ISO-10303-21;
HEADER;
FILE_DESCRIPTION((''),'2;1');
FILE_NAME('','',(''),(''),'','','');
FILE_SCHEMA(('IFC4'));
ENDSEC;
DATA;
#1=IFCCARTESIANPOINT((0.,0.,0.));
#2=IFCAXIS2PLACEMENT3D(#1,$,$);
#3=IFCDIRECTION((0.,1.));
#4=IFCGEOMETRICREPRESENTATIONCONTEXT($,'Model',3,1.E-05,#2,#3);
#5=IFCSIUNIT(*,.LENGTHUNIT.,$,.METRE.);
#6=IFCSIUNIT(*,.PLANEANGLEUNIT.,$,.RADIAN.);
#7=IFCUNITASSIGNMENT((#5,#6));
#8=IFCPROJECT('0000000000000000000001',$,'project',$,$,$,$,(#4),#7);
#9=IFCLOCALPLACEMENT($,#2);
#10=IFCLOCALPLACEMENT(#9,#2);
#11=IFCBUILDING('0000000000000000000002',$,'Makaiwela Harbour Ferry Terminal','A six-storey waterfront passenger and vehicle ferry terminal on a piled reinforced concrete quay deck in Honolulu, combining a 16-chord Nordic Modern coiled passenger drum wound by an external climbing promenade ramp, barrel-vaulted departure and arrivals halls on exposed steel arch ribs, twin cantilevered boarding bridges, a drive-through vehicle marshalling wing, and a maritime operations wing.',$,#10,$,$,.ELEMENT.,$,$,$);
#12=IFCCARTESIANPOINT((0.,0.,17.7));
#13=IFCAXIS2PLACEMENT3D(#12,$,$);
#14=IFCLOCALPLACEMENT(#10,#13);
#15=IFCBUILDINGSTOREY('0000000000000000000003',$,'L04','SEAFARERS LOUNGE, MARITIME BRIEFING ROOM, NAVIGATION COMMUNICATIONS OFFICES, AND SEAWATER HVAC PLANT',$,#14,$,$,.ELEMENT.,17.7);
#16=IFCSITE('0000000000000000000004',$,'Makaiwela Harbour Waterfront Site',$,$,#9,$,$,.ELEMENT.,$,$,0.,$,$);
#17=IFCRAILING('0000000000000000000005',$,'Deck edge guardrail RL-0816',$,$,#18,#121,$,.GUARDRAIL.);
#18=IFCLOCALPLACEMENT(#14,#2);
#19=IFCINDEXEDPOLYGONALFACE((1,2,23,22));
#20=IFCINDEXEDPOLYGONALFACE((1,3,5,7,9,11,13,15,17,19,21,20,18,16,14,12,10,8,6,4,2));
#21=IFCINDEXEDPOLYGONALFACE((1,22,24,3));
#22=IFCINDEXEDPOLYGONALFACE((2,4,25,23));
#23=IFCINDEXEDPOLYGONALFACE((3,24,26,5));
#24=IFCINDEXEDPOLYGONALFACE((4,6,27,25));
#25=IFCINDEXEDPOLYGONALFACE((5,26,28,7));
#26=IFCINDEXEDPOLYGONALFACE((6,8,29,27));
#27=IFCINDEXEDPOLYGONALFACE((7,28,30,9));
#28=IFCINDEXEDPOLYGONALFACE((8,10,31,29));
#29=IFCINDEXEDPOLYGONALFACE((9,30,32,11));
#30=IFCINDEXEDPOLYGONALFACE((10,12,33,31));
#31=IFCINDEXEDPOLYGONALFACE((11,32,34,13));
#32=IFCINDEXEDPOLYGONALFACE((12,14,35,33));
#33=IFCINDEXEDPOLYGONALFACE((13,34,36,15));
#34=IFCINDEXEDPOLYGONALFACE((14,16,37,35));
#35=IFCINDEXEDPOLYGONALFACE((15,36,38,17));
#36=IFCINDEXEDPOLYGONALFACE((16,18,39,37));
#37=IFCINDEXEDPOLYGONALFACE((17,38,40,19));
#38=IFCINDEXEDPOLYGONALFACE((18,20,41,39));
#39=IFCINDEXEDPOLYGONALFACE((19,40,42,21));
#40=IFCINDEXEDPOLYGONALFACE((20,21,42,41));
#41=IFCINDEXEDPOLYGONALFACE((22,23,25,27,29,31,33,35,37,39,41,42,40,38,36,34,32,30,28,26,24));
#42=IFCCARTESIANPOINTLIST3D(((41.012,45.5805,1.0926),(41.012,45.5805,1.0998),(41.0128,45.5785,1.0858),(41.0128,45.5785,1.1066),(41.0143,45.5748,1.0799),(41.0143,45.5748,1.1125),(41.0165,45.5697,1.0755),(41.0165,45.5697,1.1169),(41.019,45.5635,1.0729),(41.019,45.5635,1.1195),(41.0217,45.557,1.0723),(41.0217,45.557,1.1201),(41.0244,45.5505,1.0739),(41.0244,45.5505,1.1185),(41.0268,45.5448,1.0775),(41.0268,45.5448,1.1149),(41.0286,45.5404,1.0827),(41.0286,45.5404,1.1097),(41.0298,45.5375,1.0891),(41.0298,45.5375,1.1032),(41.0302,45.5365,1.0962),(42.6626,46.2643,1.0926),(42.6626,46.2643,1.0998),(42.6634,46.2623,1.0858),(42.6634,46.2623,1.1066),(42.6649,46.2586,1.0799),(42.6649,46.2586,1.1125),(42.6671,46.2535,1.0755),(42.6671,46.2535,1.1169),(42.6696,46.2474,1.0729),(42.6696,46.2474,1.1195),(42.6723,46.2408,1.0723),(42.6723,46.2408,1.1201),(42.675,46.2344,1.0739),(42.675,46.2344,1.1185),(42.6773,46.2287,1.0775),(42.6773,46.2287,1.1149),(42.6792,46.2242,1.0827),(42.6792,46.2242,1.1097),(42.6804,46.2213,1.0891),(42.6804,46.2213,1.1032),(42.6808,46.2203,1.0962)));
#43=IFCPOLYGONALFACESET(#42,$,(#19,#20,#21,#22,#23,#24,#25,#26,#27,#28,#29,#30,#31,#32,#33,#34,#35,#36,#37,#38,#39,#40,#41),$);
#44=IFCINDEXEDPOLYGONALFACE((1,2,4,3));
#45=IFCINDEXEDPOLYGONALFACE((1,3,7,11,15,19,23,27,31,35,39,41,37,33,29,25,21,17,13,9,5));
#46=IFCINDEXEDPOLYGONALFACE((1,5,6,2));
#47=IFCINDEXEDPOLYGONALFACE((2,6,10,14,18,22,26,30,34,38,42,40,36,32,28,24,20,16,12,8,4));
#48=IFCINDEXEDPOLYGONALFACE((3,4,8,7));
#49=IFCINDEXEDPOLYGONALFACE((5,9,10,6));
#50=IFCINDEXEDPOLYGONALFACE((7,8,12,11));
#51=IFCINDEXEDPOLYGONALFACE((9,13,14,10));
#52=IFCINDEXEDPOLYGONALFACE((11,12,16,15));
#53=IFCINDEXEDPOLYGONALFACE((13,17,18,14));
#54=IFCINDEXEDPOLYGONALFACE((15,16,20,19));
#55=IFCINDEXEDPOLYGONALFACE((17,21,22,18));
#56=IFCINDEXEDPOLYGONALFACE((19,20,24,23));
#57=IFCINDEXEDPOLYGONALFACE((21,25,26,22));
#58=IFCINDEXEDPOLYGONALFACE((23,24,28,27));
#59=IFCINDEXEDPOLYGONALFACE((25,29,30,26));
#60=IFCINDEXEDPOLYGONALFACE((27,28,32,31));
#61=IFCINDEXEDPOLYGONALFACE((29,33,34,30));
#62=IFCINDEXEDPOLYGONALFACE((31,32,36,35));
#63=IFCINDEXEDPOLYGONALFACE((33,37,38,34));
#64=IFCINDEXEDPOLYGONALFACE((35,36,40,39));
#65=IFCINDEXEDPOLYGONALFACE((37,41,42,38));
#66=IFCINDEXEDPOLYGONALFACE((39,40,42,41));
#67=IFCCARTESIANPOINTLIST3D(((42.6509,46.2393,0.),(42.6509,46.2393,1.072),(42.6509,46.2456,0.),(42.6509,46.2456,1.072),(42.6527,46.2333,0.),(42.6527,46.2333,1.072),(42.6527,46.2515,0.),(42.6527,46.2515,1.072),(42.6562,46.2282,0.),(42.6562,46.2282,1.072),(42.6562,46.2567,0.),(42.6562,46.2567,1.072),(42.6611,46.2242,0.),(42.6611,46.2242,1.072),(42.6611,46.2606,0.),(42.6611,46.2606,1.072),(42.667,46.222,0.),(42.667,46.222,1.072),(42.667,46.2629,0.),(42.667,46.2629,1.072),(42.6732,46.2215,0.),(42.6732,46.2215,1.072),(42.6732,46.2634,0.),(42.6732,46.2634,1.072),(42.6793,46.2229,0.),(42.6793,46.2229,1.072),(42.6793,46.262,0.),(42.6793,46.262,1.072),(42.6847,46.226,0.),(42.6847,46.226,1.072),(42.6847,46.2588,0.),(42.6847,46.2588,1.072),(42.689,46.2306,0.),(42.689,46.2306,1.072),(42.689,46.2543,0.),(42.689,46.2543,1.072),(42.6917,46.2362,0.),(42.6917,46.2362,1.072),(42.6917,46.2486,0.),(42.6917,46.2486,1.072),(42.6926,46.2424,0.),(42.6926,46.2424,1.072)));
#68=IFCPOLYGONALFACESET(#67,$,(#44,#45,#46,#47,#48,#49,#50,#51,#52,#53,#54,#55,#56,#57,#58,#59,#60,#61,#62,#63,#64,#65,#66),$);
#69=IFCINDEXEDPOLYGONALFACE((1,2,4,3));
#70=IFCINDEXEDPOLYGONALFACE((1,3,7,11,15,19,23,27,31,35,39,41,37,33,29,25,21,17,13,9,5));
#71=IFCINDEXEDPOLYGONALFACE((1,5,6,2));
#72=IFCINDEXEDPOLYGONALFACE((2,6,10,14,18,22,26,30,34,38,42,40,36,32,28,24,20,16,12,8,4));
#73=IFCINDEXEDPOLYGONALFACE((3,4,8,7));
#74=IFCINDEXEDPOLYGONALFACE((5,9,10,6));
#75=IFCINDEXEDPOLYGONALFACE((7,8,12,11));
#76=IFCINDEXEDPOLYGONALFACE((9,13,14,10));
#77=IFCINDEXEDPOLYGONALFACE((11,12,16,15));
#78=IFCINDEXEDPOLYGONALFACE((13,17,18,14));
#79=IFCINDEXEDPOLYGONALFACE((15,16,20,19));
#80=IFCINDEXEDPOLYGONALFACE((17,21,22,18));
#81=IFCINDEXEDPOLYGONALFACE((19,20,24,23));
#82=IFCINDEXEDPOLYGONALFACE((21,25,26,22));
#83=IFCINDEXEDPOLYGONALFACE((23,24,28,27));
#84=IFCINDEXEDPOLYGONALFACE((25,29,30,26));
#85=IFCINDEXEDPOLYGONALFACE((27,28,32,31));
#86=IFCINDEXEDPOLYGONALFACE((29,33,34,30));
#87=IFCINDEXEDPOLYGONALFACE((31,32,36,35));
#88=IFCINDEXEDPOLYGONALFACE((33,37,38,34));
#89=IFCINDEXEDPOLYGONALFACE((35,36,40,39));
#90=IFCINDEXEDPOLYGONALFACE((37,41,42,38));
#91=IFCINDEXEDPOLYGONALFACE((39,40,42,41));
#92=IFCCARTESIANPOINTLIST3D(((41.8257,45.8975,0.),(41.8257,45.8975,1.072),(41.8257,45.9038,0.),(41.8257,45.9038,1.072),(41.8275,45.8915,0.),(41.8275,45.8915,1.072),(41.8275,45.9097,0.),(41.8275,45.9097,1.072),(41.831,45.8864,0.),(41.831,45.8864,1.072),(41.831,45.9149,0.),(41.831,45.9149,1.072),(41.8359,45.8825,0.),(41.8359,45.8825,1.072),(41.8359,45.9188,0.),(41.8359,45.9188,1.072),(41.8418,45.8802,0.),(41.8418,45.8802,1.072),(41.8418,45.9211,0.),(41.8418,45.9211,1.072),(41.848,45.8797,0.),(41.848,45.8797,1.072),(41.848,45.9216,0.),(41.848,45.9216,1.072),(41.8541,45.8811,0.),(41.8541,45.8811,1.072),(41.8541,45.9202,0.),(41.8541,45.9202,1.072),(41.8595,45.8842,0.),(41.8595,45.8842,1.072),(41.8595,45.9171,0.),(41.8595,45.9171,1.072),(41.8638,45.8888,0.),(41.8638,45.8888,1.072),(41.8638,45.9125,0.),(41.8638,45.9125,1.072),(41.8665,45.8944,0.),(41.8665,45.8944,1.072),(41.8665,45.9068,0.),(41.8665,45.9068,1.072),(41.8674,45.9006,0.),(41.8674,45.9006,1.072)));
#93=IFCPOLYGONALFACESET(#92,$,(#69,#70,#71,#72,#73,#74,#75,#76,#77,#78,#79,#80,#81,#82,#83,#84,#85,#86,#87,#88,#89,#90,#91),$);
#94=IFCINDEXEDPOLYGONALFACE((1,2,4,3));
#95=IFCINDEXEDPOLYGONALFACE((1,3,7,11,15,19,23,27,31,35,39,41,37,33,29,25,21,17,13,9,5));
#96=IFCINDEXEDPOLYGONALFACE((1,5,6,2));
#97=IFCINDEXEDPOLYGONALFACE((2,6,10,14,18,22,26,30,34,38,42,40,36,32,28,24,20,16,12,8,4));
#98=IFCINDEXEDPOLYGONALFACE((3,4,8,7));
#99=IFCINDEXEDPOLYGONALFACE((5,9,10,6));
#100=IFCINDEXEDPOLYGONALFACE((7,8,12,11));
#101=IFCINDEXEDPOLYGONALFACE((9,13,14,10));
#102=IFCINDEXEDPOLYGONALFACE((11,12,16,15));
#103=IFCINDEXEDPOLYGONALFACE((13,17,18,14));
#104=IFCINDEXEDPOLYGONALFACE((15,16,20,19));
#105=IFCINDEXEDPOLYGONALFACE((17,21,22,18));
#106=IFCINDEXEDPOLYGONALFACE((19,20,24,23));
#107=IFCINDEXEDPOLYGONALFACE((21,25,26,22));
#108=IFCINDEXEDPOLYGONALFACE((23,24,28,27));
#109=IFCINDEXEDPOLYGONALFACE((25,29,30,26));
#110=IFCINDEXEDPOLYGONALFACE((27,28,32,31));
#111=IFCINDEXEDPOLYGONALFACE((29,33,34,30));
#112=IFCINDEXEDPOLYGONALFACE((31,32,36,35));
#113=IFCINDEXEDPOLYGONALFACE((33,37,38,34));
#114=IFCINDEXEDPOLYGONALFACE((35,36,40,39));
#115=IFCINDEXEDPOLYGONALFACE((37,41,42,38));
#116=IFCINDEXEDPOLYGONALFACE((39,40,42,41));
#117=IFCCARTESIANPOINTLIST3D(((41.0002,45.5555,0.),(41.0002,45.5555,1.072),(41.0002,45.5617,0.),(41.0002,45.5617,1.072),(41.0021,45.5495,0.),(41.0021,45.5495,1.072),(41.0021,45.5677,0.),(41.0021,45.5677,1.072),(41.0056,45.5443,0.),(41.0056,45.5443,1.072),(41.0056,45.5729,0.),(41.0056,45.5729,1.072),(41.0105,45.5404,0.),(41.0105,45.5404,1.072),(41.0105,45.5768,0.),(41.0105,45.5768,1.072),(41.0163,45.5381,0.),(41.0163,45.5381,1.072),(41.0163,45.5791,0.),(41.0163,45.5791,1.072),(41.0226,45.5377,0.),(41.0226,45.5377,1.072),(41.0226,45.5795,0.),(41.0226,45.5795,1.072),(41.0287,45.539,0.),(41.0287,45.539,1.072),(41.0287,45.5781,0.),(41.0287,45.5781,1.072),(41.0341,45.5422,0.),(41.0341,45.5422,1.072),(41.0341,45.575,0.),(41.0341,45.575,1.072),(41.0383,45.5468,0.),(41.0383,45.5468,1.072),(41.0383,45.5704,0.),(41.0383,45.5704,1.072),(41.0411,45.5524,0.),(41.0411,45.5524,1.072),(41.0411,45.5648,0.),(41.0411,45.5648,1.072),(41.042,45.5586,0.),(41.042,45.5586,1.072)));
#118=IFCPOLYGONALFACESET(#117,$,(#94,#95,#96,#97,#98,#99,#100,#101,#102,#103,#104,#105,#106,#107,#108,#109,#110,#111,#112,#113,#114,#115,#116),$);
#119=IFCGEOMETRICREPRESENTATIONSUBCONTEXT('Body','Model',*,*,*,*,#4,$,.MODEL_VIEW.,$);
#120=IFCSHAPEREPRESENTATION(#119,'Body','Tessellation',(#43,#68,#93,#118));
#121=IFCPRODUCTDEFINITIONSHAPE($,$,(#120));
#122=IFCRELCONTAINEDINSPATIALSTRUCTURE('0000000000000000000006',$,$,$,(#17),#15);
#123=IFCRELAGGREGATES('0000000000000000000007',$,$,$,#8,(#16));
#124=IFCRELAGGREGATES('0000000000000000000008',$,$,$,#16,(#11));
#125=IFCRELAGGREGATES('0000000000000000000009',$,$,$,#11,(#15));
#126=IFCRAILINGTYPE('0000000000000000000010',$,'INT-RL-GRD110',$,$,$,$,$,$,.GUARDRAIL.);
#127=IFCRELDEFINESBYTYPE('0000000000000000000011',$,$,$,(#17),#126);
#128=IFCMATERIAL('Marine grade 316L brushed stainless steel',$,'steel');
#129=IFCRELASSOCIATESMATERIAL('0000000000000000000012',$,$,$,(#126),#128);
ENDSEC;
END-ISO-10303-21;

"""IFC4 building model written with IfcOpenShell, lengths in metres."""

from ifc_helpers import new_model, si_unit, direction, frame, origin, origin_2d, place, context, subcontext, project, spatial, circle, extrude, material, type_object, element, save


model = new_model("IFC4")

# Units and contexts
model_context = context("Model", 3, precision=1e-05, world=origin(), true_north=direction((0.0, 1.0)))
body_context = subcontext(model_context, "Body", "Model", "MODEL_VIEW")
ifc_project = project(units=[si_unit("LENGTHUNIT", "METRE"), si_unit("PLANEANGLEUNIT", "RADIAN")], contexts=[model_context])

# Site, building, storey
site_placement = place(None, origin())
site = spatial("IfcSite", under=ifc_project, at=site_placement, Name="Makaiwela Harbour Waterfront Site", CompositionType="ELEMENT", RefElevation=0.0)
building_placement = place(site_placement, origin())
building = spatial("IfcBuilding", under=site, at=building_placement, Name="Makaiwela Harbour Ferry Terminal", Description="A six-storey waterfront passenger and vehicle ferry terminal on a piled reinforced concrete quay deck in Honolulu, combining a 16-chord Nordic Modern coiled passenger drum wound by an external climbing promenade ramp, barrel-vaulted departure and arrivals halls on exposed steel arch ribs, twin cantilevered boarding bridges, a drive-through vehicle marshalling wing, and a maritime operations wing.", CompositionType="ELEMENT")
storey_placement = place(building_placement, frame((0.0, 0.0, 17.7)))
storey = spatial("IfcBuildingStorey", under=building, at=storey_placement, Name="L04", Description="SEAFARERS LOUNGE, MARITIME BRIEFING ROOM, NAVIGATION COMMUNICATIONS OFFICES, AND SEAWATER HVAC PLANT", CompositionType="ELEMENT", Elevation=17.7)

# Railing
ifc_material_1 = material(Name="Marine grade 316L brushed stainless steel", Category="steel")
railing_type_1 = type_object("IfcRailingType", Name="INT-RL-GRD110", PredefinedType="GUARDRAIL", material=ifc_material_1)
railing_1_placement = place(storey_placement, frame((42.6716, 46.2424, 0.0)))
element("IfcRailing", 1, at=railing_1_placement, inside=storey, type_object=railing_type_1, Name="Deck edge guardrail RL-0816", PredefinedType="GUARDRAIL", context=body_context, shape_type="SweptSolid", body=[
    extrude(circle(Radius=0.0239, at=origin_2d()), frame((0.0, 0.0, 1.0962), z_axis=(-0.923855, -0.382742, 0.0), x_axis=(0.382742, -0.923855, 0.0)), (0.0, 0.0, 1.0), 1.7866),
    extrude(circle(Radius=0.021, at=origin_2d()), origin(), (0.0, 0.0, 1.0), 1.072),
    extrude(circle(Radius=0.021, at=origin_2d()), frame((-0.8252, -0.3418, 0.0)), (0.0, 0.0, 1.0), 1.072),
    extrude(circle(Radius=0.021, at=origin_2d()), frame((-1.6506, -0.6838, 0.0)), (0.0, 0.0, 1.0), 1.072),
])

save(model, "model.ifc")
